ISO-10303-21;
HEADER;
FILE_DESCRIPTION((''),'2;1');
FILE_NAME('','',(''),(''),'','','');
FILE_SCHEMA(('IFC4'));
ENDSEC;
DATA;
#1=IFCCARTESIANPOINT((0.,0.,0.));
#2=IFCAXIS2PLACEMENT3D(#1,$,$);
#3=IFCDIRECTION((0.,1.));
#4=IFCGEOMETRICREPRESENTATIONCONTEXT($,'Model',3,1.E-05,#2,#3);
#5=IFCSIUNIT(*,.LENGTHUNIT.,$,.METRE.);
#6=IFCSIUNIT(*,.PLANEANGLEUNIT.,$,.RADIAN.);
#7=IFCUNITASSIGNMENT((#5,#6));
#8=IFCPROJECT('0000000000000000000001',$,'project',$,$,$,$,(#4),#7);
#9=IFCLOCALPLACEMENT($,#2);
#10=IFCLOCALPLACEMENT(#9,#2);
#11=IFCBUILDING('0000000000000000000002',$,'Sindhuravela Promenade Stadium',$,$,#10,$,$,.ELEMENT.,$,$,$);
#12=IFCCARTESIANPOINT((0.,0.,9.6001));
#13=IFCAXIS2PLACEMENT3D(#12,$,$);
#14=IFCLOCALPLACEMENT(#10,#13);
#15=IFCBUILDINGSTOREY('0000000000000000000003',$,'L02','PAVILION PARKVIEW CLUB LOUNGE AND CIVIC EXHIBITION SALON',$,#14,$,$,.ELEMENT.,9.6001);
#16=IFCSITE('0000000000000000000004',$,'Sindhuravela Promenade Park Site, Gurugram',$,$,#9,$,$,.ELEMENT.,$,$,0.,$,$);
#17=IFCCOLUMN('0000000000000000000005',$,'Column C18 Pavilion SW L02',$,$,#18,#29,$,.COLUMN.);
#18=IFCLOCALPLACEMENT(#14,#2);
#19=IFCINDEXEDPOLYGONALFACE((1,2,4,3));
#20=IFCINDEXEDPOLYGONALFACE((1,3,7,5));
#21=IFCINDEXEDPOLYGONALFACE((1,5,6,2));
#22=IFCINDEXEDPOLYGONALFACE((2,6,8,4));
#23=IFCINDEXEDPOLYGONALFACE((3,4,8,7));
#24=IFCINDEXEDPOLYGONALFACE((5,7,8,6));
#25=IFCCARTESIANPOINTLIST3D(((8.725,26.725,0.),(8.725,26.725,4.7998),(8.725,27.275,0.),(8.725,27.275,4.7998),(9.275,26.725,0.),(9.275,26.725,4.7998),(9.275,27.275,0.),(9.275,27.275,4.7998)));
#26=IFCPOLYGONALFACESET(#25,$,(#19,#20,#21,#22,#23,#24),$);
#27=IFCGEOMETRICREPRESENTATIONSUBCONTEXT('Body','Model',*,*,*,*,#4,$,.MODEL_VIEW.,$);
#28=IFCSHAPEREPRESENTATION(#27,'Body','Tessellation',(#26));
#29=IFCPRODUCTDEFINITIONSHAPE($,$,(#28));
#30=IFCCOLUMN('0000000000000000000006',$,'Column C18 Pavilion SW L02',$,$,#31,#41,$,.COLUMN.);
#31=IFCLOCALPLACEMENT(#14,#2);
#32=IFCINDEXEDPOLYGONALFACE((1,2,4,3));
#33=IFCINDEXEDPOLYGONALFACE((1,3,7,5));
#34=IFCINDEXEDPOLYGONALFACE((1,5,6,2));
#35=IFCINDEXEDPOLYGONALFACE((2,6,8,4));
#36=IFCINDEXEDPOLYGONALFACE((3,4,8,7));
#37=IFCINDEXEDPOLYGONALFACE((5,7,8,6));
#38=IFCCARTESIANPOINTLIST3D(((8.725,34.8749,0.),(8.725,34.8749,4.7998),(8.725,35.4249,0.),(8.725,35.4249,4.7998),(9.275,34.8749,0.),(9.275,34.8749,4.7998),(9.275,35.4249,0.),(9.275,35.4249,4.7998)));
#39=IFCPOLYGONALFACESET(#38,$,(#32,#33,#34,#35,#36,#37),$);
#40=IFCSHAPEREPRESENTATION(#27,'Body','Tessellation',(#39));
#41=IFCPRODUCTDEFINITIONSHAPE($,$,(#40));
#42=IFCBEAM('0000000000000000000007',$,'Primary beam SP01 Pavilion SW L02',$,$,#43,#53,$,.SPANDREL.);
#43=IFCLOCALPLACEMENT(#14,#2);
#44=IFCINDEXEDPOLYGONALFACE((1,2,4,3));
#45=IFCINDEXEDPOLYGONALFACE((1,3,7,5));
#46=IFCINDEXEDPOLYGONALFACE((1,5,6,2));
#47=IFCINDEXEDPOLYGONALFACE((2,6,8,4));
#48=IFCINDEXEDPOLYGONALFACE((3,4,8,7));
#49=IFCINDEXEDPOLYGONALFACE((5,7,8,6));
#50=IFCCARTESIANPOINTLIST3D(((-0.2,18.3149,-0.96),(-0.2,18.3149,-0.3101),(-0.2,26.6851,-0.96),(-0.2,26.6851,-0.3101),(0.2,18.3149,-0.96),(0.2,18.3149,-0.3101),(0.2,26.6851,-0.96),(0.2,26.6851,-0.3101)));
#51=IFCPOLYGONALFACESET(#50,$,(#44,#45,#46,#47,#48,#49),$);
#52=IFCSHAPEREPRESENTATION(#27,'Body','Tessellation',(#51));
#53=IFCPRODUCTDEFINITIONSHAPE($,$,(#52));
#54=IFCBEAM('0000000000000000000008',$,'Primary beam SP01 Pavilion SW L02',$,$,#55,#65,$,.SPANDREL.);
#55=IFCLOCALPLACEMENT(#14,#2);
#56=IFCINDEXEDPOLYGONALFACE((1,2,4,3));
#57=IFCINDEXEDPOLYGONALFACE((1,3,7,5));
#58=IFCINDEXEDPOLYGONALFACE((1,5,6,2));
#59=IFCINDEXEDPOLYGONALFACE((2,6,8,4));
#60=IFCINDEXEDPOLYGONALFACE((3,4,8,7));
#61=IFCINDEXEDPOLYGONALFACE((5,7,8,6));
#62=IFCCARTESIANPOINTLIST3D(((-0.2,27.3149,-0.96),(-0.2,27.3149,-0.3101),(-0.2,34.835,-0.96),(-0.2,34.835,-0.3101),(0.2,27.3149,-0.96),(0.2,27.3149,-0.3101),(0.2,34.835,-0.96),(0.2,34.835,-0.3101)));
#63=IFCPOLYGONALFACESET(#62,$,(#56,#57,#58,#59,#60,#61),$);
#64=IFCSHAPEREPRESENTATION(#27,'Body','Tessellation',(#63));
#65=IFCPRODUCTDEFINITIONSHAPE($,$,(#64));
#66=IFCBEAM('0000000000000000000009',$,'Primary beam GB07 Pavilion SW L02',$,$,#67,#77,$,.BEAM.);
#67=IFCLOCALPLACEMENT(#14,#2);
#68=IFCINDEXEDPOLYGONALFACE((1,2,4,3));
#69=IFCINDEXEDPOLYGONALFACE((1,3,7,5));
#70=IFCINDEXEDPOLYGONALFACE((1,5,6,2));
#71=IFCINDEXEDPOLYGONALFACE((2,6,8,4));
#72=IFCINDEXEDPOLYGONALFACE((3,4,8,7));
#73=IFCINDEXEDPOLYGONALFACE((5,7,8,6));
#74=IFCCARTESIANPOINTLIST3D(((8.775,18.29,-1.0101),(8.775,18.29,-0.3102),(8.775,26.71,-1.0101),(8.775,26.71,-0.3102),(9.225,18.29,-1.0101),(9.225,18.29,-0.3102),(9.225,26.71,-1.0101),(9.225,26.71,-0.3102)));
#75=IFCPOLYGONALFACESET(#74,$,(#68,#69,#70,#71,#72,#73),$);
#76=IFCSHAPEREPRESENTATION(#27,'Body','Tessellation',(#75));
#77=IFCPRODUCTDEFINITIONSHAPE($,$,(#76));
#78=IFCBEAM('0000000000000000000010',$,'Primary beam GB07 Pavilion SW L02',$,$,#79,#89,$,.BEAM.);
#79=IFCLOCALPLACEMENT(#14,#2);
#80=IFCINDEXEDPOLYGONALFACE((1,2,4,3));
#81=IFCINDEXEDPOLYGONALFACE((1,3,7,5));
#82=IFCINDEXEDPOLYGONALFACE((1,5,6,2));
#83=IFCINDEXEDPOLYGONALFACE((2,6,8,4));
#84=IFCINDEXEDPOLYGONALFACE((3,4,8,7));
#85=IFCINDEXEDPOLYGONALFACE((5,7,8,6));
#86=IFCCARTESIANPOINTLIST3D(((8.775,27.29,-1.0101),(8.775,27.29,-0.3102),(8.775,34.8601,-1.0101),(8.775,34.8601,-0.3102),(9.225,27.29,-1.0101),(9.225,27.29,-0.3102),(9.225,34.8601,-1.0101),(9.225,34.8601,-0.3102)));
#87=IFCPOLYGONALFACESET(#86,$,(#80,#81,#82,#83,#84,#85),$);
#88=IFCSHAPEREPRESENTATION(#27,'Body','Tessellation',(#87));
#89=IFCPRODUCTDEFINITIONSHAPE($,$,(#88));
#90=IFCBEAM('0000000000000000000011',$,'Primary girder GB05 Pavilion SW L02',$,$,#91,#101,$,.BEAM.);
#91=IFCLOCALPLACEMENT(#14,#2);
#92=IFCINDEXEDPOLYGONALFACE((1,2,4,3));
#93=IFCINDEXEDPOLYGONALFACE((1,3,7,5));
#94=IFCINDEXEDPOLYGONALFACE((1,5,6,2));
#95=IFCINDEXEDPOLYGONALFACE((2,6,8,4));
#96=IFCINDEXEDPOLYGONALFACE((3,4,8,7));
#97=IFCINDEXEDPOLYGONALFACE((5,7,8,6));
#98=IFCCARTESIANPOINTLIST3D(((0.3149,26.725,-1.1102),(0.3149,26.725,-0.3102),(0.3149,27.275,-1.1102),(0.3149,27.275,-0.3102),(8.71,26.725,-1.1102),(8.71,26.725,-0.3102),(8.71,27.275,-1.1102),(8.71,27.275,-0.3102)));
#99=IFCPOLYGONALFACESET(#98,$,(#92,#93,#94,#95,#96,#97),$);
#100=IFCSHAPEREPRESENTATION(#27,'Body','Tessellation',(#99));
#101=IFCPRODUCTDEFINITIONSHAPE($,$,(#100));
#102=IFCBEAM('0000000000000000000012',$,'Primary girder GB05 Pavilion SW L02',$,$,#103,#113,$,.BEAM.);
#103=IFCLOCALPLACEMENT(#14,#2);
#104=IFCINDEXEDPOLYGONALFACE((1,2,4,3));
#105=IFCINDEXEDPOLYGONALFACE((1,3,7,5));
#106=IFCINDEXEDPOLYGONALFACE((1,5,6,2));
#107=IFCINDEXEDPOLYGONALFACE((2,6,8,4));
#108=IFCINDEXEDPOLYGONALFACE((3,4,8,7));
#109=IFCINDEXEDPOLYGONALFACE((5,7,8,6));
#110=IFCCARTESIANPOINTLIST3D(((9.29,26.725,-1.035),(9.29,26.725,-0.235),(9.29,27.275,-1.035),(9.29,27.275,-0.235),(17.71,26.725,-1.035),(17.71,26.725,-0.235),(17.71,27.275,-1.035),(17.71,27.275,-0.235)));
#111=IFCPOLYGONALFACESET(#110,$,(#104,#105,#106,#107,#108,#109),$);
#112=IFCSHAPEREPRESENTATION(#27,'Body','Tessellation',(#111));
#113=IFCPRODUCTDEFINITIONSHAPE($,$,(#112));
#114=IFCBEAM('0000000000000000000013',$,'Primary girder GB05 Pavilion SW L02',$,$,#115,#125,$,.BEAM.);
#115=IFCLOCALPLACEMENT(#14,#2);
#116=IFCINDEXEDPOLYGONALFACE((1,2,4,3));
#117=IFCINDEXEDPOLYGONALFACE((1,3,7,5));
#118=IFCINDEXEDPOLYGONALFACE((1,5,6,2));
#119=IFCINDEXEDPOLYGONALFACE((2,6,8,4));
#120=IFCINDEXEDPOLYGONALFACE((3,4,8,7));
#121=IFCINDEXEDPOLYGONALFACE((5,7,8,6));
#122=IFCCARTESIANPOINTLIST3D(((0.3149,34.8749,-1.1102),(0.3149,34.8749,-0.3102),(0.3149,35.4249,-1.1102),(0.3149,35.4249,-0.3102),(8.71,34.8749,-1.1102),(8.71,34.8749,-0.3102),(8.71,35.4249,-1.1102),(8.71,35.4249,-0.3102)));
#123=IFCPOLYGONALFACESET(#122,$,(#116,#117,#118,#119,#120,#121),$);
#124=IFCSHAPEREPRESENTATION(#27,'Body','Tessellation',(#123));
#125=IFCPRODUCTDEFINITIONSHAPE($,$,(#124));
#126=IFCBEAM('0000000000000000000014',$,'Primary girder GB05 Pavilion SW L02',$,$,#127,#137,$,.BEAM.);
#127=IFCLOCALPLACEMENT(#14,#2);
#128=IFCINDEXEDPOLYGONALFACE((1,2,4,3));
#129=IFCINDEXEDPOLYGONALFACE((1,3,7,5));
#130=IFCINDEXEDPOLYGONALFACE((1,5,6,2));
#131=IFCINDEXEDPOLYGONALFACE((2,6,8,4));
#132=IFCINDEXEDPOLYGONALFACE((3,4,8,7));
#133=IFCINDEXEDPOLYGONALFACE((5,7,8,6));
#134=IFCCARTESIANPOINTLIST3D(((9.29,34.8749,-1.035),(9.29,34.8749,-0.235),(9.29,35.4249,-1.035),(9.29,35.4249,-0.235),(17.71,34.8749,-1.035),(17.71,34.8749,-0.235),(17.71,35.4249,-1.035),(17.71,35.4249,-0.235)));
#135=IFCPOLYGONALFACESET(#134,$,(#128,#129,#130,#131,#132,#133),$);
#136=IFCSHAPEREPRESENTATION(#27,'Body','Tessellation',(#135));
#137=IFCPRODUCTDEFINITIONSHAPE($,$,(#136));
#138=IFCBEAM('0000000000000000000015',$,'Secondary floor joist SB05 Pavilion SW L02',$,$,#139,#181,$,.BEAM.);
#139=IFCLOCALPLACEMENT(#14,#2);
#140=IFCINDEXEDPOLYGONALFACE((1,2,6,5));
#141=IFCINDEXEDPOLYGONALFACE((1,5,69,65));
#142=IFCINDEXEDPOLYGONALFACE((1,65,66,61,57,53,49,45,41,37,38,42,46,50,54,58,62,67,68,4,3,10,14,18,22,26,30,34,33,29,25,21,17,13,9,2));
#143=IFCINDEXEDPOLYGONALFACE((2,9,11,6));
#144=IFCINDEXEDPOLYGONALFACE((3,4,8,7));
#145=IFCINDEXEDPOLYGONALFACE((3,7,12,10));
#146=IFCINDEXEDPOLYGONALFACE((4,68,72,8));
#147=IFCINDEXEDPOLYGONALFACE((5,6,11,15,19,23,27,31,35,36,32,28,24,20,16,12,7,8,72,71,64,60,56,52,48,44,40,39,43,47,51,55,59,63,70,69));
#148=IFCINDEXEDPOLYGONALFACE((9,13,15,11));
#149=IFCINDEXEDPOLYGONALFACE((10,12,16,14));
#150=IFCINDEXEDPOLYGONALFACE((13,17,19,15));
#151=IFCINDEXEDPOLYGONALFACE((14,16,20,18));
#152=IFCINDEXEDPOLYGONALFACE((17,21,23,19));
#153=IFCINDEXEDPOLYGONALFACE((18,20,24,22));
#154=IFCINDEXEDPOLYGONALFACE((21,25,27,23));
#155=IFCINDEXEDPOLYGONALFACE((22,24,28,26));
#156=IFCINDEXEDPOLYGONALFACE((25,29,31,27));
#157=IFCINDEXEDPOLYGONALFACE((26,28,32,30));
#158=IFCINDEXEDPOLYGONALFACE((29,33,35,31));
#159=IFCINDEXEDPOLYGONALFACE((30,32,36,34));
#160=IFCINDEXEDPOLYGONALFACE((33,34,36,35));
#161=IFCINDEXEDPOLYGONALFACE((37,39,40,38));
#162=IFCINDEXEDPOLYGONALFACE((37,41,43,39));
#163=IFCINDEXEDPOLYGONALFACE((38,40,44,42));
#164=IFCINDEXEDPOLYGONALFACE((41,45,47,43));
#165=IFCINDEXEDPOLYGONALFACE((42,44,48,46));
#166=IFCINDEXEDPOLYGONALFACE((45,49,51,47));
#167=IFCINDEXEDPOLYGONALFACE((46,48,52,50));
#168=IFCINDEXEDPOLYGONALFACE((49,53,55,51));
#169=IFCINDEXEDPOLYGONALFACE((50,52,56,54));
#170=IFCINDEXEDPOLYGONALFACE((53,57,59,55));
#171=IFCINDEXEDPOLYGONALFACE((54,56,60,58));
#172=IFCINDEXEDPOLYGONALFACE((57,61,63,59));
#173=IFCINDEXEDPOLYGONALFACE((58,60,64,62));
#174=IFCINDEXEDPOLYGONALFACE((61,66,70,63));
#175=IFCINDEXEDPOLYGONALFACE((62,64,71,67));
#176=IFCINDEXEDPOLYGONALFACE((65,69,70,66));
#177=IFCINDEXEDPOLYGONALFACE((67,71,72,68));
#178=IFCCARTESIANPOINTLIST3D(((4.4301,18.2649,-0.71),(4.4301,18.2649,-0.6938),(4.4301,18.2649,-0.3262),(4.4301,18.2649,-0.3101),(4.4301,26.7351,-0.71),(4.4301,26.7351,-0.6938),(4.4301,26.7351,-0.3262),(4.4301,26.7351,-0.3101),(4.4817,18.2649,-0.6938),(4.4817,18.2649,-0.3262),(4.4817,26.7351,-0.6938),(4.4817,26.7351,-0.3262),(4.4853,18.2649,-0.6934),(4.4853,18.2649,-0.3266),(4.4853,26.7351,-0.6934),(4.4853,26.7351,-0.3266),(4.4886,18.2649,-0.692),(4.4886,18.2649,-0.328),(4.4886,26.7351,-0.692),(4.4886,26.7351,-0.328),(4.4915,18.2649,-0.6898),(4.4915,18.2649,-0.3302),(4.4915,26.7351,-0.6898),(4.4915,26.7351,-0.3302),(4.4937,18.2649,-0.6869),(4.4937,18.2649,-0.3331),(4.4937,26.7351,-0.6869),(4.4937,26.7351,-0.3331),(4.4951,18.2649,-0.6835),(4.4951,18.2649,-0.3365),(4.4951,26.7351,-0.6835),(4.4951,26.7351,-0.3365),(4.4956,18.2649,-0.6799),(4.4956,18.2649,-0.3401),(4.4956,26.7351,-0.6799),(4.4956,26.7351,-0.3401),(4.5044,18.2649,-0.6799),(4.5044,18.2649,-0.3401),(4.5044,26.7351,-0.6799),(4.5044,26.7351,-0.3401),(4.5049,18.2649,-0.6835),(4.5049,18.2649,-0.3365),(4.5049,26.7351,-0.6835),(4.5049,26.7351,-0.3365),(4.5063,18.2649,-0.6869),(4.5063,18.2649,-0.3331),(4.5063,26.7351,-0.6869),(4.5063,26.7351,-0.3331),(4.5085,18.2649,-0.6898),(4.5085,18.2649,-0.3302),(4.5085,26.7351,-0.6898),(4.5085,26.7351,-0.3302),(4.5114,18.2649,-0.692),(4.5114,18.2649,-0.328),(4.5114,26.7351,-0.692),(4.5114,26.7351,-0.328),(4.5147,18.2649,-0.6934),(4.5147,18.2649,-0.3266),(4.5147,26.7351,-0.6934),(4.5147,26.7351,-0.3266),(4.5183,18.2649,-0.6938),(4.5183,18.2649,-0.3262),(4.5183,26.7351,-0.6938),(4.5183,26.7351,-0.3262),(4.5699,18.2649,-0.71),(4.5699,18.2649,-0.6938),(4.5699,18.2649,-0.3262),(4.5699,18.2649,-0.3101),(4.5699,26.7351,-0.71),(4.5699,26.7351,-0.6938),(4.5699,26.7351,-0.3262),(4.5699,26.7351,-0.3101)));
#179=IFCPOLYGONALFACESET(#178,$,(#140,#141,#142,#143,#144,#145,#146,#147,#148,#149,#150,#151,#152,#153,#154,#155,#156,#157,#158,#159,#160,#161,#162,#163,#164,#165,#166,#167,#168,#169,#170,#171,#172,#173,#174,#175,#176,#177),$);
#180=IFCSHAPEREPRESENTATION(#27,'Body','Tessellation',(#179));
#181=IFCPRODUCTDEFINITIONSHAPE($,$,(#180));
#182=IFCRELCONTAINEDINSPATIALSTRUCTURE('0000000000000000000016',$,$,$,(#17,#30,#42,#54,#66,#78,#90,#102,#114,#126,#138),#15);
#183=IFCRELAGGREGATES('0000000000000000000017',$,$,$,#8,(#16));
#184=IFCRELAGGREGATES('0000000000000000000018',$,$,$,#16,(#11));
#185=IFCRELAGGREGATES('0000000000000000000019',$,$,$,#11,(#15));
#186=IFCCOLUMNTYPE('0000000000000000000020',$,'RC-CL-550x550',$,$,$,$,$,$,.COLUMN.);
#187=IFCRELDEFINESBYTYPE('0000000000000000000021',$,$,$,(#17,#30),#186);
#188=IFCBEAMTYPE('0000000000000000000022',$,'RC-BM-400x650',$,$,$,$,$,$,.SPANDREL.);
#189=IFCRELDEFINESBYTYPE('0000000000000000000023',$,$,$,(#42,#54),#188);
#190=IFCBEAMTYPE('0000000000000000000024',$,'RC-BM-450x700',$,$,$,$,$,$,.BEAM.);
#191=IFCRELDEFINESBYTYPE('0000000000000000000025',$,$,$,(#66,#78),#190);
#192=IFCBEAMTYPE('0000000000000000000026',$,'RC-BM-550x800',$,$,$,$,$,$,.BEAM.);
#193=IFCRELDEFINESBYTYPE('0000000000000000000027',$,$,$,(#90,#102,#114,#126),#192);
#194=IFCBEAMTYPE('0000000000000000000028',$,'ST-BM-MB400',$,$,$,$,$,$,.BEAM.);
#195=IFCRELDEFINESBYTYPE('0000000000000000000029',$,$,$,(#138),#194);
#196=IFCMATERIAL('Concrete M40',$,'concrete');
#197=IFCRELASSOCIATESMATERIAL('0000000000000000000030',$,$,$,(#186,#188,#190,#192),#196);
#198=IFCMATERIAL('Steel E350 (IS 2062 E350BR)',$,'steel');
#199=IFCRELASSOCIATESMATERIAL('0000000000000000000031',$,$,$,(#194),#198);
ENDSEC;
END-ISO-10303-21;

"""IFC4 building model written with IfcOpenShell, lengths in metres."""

from ifc_helpers import new_model, si_unit, direction, frame, origin, origin_2d, place, context, subcontext, project, spatial, rectangle, i_section, extrude, material, material_profile, profile_set, type_object, element, save


model = new_model("IFC4")

# Units and contexts
model_context = context("Model", 3, precision=1e-05, world=origin(), true_north=direction((0.0, 1.0)))
body_context = subcontext(model_context, "Body", "Model", "MODEL_VIEW")
ifc_project = project(units=[si_unit("LENGTHUNIT", "METRE"), si_unit("PLANEANGLEUNIT", "RADIAN")], contexts=[model_context])

# Site, building, storey
site_placement = place(None, origin())
site = spatial("IfcSite", under=ifc_project, at=site_placement, Name="Sindhuravela Promenade Park Site, Gurugram", CompositionType="ELEMENT", RefElevation=0.0)
building_placement = place(site_placement, origin())
building = spatial("IfcBuilding", under=site, at=building_placement, Name="Sindhuravela Promenade Stadium", CompositionType="ELEMENT")
storey_placement = place(building_placement, frame((0.0, 0.0, 9.6001)))
storey = spatial("IfcBuildingStorey", under=building, at=storey_placement, Name="L02", Description="PAVILION PARKVIEW CLUB LOUNGE AND CIVIC EXHIBITION SALON", CompositionType="ELEMENT", Elevation=9.6001)

# Columns
ifc_material_1 = material(Name="Concrete M40", Category="concrete")
ifc_material_profile_1 = material_profile(ifc_material_1, rectangle(XDim=0.55, YDim=0.55, at=origin_2d()), Name="RC 550x550")
ifc_profile_set_1 = profile_set([ifc_material_profile_1], Name="Concrete M40")
column_type = type_object("IfcColumnType", Name="RC-CL-550x550", PredefinedType="COLUMN", material=ifc_profile_set_1)
for number, where, z_axis, x_axis, name in (
    (1, (9.0, 27.0, 0.0), (0.0, 0.0, 1.0), (1.0, 0.0, 0.0), "Column C18 Pavilion SW L02"),
    (2, (9.0, 35.1499, 0.0), (0.0, 0.0, 1.0), (1.0, 0.0, 0.0), "Column C18 Pavilion SW L02"),
):
    element("IfcColumn", number, at=place(storey_placement, frame(where, z_axis=z_axis, x_axis=x_axis)), inside=storey, type_object=column_type, Name=name, PredefinedType="COLUMN", context=body_context, shape_type="SweptSolid", body=[
        extrude(rectangle(XDim=0.55, YDim=0.55, at=origin_2d()), origin(), (0.0, 0.0, 1.0), 4.7998),
    ])

# Beams
ifc_material_profile_2 = material_profile(ifc_material_1, rectangle(XDim=0.3999, YDim=0.6499, at=origin_2d()), Name="RC 400x650")
ifc_profile_set_2 = profile_set([ifc_material_profile_2], Name="Concrete M40")
beam_type_1 = type_object("IfcBeamType", Name="RC-BM-400x650", PredefinedType="SPANDREL", material=ifc_profile_set_2)
beam_1_placement = place(storey_placement, frame((0.0, 18.3149, -0.635), z_axis=(0.0, 1.0, 0.0), x_axis=(-1.0, 0.0, 0.0)))
element("IfcBeam", 3, at=beam_1_placement, inside=storey, type_object=beam_type_1, Name="Primary beam SP01 Pavilion SW L02", PredefinedType="SPANDREL", context=body_context, shape_type="SweptSolid", body=[
    extrude(rectangle(XDim=0.3999, YDim=0.6499, at=origin_2d()), origin(), (0.0, 0.0, 1.0), 8.3701),
])
beam_2_placement = place(storey_placement, frame((0.0, 27.3149, -0.635), z_axis=(0.0, 1.0, 0.0), x_axis=(-1.0, 0.0, 0.0)))
element("IfcBeam", 4, at=beam_2_placement, inside=storey, type_object=beam_type_1, Name="Primary beam SP01 Pavilion SW L02", PredefinedType="SPANDREL", context=body_context, shape_type="SweptSolid", body=[
    extrude(rectangle(XDim=0.3999, YDim=0.6499, at=origin_2d()), origin(), (0.0, 0.0, 1.0), 7.52),
])
ifc_material_profile_3 = material_profile(ifc_material_1, rectangle(XDim=0.45, YDim=0.7, at=origin_2d()), Name="RC 450x700")
ifc_profile_set_3 = profile_set([ifc_material_profile_3], Name="Concrete M40")
beam_type_2 = type_object("IfcBeamType", Name="RC-BM-450x700", PredefinedType="BEAM", material=ifc_profile_set_3)
beam_3_placement = place(storey_placement, frame((9.0, 18.29, -0.6602), z_axis=(0.0, 1.0, 0.0), x_axis=(-1.0, 0.0, 0.0)))
element("IfcBeam", 5, at=beam_3_placement, inside=storey, type_object=beam_type_2, Name="Primary beam GB07 Pavilion SW L02", PredefinedType="BEAM", context=body_context, shape_type="SweptSolid", body=[
    extrude(rectangle(XDim=0.45, YDim=0.7, at=origin_2d()), origin(), (0.0, 0.0, 1.0), 8.4199),
])
beam_4_placement = place(storey_placement, frame((9.0, 27.29, -0.6602), z_axis=(0.0, 1.0, 0.0), x_axis=(-1.0, 0.0, 0.0)))
element("IfcBeam", 6, at=beam_4_placement, inside=storey, type_object=beam_type_2, Name="Primary beam GB07 Pavilion SW L02", PredefinedType="BEAM", context=body_context, shape_type="SweptSolid", body=[
    extrude(rectangle(XDim=0.45, YDim=0.7, at=origin_2d()), origin(), (0.0, 0.0, 1.0), 7.5701),
])
ifc_material_profile_4 = material_profile(ifc_material_1, rectangle(XDim=0.55, YDim=0.8, at=origin_2d()), Name="RC 550x800")
ifc_profile_set_4 = profile_set([ifc_material_profile_4], Name="Concrete M40")
beam_type_3 = type_object("IfcBeamType", Name="RC-BM-550x800", PredefinedType="BEAM", material=ifc_profile_set_4)
beam_5_placement = place(storey_placement, frame((0.3149, 27.0, -0.7102), z_axis=(1.0, 0.0, 0.0), x_axis=(0.0, 1.0, 0.0)))
element("IfcBeam", 7, at=beam_5_placement, inside=storey, type_object=beam_type_3, Name="Primary girder GB05 Pavilion SW L02", PredefinedType="BEAM", context=body_context, shape_type="SweptSolid", body=[
    extrude(rectangle(XDim=0.55, YDim=0.8, at=origin_2d()), origin(), (0.0, 0.0, 1.0), 8.395),
])
beam_6_placement = place(storey_placement, frame((9.29, 27.0, -0.635), z_axis=(1.0, 0.0, 0.0), x_axis=(0.0, 1.0, 0.0)))
element("IfcBeam", 8, at=beam_6_placement, inside=storey, type_object=beam_type_3, Name="Primary girder GB05 Pavilion SW L02", PredefinedType="BEAM", context=body_context, shape_type="SweptSolid", body=[
    extrude(rectangle(XDim=0.55, YDim=0.8, at=origin_2d()), origin(), (0.0, 0.0, 1.0), 8.4199),
])
beam_7_placement = place(storey_placement, frame((0.3149, 35.1499, -0.7102), z_axis=(1.0, 0.0, 0.0), x_axis=(0.0, 1.0, 0.0)))
element("IfcBeam", 9, at=beam_7_placement, inside=storey, type_object=beam_type_3, Name="Primary girder GB05 Pavilion SW L02", PredefinedType="BEAM", context=body_context, shape_type="SweptSolid", body=[
    extrude(rectangle(XDim=0.55, YDim=0.8, at=origin_2d()), origin(), (0.0, 0.0, 1.0), 8.395),
])
beam_8_placement = place(storey_placement, frame((9.29, 35.1499, -0.635), z_axis=(1.0, 0.0, 0.0), x_axis=(0.0, 1.0, 0.0)))
element("IfcBeam", 10, at=beam_8_placement, inside=storey, type_object=beam_type_3, Name="Primary girder GB05 Pavilion SW L02", PredefinedType="BEAM", context=body_context, shape_type="SweptSolid", body=[
    extrude(rectangle(XDim=0.55, YDim=0.8, at=origin_2d()), origin(), (0.0, 0.0, 1.0), 8.4199),
])
ifc_material_2 = material(Name="Steel E350 (IS 2062 E350BR)", Category="steel")
ifc_material_profile_5 = material_profile(ifc_material_2, i_section(OverallWidth=0.1399, OverallDepth=0.3999, WebThickness=0.0088, FlangeThickness=0.0161, FilletRadius=0.0139, at=origin_2d()), Name="ISMB 400")
ifc_profile_set_5 = profile_set([ifc_material_profile_5], Name="Steel E350 (IS 2062 E350BR)")
beam_type_4 = type_object("IfcBeamType", Name="ST-BM-MB400", PredefinedType="BEAM", material=ifc_profile_set_5)
beam_9_placement = place(storey_placement, frame((4.5, 18.2649, -0.51), z_axis=(0.0, 1.0, 0.0), x_axis=(-1.0, 0.0, 0.0)))
element("IfcBeam", 11, at=beam_9_placement, inside=storey, type_object=beam_type_4, Name="Secondary floor joist SB05 Pavilion SW L02", PredefinedType="BEAM", context=body_context, shape_type="SweptSolid", body=[
    extrude(i_section(OverallWidth=0.1399, OverallDepth=0.3999, WebThickness=0.0088, FlangeThickness=0.0161, FilletRadius=0.0139, at=origin_2d()), origin(), (0.0, 0.0, 1.0), 8.4702),
])

save(model, "model.ifc")
